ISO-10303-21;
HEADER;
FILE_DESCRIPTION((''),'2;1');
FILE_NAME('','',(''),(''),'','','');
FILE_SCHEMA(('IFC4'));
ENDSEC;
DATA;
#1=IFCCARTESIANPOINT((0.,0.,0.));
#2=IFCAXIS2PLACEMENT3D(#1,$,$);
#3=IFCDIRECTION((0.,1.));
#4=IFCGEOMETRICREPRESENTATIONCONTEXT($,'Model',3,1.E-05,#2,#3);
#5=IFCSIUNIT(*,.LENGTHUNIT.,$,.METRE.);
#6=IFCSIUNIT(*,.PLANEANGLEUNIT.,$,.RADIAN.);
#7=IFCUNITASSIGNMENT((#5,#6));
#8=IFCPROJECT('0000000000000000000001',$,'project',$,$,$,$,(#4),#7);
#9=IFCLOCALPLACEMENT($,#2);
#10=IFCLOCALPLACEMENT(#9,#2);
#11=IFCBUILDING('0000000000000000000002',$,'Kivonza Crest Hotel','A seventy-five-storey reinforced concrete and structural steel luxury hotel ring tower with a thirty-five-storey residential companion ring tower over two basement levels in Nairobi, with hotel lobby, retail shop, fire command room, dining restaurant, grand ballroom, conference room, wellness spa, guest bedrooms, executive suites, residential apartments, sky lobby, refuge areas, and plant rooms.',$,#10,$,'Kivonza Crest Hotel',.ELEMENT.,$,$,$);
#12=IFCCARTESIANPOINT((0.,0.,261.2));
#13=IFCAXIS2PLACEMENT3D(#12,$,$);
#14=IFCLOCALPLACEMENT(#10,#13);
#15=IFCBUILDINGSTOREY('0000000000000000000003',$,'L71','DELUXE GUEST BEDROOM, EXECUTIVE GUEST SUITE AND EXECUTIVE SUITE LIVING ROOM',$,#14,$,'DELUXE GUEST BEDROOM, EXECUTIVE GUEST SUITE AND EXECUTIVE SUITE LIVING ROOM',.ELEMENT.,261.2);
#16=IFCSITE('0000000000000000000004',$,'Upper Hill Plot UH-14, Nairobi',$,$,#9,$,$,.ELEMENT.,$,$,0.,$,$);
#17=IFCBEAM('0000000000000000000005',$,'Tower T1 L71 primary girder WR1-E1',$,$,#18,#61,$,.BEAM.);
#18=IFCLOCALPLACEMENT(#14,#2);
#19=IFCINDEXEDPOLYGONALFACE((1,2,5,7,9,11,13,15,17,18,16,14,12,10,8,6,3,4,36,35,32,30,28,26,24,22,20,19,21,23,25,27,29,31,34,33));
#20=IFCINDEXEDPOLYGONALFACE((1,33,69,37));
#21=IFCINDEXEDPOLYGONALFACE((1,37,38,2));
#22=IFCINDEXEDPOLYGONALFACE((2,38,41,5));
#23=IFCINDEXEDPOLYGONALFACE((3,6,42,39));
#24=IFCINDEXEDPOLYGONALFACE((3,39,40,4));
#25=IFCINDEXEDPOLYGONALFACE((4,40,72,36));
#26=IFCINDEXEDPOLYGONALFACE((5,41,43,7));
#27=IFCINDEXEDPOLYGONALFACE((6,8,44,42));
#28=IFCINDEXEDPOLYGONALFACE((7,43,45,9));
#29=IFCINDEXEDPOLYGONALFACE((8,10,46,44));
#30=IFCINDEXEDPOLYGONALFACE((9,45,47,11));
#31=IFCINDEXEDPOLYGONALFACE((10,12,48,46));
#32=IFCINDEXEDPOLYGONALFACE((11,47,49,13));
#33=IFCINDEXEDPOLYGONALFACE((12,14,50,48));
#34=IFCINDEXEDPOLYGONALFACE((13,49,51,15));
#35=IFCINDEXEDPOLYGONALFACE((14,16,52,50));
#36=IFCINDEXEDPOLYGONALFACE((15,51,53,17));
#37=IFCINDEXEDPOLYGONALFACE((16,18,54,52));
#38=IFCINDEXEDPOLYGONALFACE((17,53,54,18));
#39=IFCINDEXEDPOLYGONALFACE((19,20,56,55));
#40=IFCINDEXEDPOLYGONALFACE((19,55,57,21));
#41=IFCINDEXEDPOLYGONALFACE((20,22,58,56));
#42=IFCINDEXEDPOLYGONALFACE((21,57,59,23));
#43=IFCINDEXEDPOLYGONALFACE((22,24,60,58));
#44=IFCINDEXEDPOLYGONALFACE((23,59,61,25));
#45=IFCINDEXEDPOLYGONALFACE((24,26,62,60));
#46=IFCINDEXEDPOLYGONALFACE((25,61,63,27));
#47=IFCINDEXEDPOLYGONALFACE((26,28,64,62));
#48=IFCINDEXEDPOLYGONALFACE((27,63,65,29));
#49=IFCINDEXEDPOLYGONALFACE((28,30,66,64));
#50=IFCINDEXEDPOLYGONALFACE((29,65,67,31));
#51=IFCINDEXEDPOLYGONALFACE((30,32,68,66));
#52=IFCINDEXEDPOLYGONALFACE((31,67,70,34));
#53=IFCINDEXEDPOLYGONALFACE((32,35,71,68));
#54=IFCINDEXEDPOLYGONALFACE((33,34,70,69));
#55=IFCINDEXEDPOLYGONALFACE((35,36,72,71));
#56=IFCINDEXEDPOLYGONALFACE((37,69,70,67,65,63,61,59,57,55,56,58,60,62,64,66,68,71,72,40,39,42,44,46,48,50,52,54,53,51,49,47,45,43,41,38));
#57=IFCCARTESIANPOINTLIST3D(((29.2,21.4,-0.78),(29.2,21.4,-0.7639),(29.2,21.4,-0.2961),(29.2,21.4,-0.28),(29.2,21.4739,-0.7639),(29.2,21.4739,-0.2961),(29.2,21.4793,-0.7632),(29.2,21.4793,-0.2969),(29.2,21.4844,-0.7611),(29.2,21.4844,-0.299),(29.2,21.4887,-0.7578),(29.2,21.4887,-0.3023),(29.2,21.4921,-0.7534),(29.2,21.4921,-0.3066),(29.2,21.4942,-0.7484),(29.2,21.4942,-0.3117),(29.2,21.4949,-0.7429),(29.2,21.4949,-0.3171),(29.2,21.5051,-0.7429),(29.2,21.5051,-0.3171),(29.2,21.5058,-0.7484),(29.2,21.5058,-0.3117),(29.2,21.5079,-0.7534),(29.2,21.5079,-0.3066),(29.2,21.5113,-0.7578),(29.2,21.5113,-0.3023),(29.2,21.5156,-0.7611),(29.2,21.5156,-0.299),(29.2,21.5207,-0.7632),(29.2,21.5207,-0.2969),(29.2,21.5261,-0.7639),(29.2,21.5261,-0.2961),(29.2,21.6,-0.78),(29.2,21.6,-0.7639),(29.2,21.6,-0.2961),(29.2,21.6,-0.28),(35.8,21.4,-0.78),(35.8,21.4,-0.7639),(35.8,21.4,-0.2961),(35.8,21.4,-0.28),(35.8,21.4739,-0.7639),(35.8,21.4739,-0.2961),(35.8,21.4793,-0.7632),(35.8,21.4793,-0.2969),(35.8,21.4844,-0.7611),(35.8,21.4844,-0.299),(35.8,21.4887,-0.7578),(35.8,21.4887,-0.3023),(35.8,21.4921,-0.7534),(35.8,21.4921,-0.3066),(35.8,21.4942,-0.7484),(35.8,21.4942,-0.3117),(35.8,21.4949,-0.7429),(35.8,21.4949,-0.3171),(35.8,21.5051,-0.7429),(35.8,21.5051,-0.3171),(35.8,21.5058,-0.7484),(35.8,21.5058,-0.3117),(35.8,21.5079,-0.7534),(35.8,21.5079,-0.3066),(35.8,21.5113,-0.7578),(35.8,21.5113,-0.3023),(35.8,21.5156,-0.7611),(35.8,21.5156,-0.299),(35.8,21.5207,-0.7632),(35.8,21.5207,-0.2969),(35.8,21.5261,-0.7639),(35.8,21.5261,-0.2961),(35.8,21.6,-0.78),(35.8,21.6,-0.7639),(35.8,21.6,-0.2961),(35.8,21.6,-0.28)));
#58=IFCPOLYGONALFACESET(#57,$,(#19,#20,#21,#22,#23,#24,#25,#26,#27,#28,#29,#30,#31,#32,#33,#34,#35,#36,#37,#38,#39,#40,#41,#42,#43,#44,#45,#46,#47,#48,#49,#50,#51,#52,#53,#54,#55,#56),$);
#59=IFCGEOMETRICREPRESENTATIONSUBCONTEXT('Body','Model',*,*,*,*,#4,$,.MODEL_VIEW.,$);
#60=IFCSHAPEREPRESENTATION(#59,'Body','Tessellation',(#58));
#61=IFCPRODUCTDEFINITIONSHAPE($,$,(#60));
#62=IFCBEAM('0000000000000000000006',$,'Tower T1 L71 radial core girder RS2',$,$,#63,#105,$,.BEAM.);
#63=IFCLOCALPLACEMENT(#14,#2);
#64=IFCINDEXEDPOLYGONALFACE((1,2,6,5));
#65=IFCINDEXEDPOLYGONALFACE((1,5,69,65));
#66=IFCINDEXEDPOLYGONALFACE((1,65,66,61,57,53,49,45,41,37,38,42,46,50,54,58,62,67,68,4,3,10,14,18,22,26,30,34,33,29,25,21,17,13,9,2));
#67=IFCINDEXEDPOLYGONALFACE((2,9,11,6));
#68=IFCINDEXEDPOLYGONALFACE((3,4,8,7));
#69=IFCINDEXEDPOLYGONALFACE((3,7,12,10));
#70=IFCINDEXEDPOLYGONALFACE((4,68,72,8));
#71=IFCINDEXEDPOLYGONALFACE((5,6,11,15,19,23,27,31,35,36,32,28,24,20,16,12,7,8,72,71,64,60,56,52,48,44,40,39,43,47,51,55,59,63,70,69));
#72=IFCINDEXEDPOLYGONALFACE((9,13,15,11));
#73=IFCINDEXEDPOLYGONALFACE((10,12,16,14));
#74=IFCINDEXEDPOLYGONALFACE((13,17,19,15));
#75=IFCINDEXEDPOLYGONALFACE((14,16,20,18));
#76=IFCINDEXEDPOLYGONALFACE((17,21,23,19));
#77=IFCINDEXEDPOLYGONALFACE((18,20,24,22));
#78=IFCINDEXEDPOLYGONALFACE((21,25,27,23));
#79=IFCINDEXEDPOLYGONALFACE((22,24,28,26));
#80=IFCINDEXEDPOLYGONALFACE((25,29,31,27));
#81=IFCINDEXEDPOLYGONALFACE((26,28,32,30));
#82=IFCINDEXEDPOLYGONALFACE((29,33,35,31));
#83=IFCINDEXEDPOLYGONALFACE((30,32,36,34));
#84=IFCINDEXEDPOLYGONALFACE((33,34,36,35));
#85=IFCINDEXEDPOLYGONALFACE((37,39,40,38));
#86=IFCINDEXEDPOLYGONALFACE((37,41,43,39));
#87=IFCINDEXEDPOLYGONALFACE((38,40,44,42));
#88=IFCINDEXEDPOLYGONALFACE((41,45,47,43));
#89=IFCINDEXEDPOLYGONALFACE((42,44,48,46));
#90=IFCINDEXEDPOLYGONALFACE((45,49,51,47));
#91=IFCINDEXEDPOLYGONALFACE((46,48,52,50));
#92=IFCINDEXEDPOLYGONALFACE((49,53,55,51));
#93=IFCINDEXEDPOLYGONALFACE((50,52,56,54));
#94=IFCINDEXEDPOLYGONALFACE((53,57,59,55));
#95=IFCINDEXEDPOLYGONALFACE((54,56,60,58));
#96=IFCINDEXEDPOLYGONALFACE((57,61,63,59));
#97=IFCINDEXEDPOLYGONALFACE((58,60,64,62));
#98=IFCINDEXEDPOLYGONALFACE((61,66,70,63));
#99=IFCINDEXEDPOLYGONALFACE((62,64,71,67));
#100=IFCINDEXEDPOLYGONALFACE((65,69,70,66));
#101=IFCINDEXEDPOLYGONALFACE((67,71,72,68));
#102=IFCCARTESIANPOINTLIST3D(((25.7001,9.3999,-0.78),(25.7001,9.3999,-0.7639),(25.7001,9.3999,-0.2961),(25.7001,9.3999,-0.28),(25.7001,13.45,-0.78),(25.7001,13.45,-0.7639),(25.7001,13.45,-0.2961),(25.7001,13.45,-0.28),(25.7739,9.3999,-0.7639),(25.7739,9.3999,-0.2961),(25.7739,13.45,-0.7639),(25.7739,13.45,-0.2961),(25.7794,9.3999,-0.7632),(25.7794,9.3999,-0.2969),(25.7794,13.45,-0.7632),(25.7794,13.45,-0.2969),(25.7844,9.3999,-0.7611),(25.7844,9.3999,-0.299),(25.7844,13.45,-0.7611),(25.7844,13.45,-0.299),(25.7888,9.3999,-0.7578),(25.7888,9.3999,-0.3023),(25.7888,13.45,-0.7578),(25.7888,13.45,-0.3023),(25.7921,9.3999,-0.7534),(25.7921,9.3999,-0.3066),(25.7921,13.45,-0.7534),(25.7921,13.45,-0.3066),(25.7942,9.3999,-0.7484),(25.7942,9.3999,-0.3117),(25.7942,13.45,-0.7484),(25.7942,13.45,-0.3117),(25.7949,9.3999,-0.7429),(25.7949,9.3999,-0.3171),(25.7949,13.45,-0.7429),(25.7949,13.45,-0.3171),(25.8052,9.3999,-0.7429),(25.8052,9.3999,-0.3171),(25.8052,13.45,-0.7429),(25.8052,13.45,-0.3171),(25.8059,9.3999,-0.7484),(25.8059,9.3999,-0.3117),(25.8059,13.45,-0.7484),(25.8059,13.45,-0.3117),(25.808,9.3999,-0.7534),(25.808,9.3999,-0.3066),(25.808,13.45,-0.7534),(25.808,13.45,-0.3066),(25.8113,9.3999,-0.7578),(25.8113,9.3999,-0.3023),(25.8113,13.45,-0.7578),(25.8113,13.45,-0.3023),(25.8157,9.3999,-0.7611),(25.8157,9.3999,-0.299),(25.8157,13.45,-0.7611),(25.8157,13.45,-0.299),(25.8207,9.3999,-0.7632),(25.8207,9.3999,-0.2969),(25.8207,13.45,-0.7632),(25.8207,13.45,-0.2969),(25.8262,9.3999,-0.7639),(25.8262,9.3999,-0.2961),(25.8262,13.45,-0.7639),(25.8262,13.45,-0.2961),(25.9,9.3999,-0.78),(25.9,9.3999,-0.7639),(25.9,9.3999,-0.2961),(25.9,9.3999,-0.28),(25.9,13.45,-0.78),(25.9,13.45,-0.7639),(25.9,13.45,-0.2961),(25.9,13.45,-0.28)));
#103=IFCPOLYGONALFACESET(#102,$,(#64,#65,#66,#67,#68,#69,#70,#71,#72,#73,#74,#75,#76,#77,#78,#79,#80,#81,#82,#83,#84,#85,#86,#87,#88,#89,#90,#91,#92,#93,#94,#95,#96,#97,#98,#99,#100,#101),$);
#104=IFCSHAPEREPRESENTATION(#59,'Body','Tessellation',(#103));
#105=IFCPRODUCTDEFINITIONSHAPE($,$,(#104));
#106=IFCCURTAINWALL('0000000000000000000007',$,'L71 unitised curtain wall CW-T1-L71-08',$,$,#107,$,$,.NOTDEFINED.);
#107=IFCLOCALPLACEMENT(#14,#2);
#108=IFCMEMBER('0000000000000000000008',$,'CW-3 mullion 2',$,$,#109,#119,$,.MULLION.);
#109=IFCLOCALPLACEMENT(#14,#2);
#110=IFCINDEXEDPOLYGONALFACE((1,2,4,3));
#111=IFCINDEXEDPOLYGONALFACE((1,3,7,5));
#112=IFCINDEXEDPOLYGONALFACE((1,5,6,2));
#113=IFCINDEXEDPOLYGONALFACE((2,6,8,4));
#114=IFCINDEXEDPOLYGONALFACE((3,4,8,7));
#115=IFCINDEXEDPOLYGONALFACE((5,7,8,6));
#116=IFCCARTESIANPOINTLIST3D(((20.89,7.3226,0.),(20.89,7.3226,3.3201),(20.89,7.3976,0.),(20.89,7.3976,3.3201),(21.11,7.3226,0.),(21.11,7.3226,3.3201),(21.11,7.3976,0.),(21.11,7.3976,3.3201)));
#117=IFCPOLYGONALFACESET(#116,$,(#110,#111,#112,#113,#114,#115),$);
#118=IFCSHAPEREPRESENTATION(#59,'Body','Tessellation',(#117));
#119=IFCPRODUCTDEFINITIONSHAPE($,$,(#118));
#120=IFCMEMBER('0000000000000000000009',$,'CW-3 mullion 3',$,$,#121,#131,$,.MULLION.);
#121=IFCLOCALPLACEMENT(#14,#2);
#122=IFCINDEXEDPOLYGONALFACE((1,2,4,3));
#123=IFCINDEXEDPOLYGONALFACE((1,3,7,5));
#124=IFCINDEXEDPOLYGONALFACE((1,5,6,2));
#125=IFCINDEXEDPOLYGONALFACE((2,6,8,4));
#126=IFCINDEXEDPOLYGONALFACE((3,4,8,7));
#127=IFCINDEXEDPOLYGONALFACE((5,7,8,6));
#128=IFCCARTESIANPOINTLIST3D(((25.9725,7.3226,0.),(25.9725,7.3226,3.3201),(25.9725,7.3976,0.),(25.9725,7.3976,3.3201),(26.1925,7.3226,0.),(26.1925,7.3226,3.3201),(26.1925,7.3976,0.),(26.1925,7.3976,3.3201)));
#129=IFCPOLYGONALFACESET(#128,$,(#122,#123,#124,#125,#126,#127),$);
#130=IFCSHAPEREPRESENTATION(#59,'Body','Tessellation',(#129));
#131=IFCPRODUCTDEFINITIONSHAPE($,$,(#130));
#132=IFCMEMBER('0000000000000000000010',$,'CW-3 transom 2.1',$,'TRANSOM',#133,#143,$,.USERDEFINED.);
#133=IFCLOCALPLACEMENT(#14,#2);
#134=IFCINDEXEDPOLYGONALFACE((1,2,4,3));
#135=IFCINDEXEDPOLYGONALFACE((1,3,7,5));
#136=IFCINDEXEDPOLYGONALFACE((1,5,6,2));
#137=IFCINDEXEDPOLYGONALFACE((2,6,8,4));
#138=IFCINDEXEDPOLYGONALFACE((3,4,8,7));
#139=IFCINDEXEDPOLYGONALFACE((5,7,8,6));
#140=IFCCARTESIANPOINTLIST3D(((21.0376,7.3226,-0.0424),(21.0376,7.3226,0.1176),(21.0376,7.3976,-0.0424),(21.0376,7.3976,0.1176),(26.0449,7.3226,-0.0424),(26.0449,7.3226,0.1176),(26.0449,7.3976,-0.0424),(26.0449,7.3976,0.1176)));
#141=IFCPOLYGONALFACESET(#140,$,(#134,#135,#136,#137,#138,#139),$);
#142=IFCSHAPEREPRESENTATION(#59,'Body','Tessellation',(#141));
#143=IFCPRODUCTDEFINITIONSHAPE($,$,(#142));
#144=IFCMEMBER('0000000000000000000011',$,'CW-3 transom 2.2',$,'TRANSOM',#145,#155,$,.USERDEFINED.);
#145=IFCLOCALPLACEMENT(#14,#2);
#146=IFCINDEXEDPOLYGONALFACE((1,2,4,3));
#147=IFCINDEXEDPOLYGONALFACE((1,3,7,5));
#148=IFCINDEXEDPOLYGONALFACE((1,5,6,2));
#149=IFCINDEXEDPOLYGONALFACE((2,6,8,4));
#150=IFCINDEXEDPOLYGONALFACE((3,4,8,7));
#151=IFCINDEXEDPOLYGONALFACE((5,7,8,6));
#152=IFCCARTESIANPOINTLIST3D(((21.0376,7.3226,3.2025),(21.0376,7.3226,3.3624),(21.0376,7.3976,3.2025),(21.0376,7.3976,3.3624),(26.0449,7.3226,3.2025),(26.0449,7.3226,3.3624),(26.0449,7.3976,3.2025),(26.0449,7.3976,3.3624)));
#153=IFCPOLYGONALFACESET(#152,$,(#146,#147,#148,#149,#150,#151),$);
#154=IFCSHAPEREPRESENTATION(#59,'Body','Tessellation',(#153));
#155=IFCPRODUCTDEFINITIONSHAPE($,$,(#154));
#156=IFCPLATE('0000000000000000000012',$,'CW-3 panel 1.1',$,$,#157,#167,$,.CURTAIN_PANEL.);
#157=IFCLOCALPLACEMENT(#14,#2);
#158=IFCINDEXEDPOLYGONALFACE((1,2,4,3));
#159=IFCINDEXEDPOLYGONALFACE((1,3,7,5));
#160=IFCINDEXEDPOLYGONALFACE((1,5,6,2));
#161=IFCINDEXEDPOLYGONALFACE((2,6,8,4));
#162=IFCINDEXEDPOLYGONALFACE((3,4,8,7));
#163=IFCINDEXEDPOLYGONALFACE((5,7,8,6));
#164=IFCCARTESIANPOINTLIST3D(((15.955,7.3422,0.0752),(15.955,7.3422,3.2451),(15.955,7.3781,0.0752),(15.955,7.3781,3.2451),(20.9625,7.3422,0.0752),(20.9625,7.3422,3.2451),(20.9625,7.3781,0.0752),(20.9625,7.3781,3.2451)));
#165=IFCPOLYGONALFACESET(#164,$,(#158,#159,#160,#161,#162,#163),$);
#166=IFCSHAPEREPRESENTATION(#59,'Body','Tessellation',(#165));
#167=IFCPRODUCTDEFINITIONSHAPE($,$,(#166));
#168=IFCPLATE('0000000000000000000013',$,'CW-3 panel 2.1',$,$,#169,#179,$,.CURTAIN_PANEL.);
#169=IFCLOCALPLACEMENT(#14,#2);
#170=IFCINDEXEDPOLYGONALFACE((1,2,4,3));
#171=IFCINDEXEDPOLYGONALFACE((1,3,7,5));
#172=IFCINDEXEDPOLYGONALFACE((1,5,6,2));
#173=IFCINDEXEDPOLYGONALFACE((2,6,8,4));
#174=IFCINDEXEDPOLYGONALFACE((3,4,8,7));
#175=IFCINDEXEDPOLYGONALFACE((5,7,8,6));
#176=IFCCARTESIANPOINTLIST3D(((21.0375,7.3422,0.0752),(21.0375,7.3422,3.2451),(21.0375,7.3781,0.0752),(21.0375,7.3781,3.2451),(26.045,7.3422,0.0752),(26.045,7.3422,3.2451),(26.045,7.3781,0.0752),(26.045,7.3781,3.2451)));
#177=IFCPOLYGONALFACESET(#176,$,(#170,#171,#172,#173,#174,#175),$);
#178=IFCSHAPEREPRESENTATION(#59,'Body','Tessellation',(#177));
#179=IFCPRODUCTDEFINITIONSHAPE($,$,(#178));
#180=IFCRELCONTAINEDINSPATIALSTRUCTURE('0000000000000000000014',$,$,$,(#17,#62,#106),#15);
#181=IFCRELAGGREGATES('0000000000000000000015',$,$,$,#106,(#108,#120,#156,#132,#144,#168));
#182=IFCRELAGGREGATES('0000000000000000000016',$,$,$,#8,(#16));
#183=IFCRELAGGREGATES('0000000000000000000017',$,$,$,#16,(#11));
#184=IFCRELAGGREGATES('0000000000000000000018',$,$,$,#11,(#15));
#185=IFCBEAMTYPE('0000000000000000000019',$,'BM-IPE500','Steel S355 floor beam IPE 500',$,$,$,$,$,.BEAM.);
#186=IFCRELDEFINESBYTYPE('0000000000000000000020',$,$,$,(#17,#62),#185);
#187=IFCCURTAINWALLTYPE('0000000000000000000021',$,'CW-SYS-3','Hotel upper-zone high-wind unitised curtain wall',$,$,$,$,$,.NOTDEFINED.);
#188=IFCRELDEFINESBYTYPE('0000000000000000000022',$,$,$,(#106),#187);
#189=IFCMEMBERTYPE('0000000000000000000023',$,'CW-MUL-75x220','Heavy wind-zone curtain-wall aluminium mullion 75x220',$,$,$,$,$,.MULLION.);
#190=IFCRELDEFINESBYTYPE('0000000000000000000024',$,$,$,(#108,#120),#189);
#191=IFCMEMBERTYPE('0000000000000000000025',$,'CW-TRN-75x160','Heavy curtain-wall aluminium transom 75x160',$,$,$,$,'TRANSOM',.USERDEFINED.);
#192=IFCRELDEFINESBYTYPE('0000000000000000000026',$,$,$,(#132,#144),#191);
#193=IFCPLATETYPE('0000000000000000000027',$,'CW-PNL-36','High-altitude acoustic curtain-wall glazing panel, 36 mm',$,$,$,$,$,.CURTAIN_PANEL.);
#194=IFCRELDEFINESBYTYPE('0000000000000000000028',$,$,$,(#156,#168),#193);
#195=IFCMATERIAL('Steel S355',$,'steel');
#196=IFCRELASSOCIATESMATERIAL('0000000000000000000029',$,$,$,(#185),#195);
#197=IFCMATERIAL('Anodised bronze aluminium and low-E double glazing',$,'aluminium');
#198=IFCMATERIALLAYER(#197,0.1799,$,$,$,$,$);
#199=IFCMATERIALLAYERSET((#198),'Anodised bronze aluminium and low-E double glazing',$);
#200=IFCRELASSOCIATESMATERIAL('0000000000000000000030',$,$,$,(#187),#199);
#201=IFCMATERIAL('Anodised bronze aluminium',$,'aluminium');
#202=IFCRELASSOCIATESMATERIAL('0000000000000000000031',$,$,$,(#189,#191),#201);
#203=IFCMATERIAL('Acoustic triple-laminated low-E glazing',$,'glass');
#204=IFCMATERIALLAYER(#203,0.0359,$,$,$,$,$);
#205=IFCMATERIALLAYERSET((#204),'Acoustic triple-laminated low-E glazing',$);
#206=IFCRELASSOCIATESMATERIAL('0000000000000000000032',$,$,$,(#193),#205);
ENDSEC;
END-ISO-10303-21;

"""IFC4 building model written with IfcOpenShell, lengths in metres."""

from ifc_helpers import new_model, si_unit, direction, frame, origin, origin_2d, place, context, subcontext, project, spatial, rectangle, i_section, extrude, material, layer, layer_set, material_profile, profile_set, type_object, element, aggregate, save


model = new_model("IFC4")

# Units and contexts
model_context = context("Model", 3, precision=1e-05, world=origin(), true_north=direction((0.0, 1.0)))
body_context = subcontext(model_context, "Body", "Model", "MODEL_VIEW")
ifc_project = project(units=[si_unit("LENGTHUNIT", "METRE"), si_unit("PLANEANGLEUNIT", "RADIAN")], contexts=[model_context])

# Site, building, storey
site_placement = place(None, origin())
site = spatial("IfcSite", under=ifc_project, at=site_placement, Name="Upper Hill Plot UH-14, Nairobi", CompositionType="ELEMENT", RefElevation=0.0)
building_placement = place(site_placement, origin())
building = spatial("IfcBuilding", under=site, at=building_placement, Name="Kivonza Crest Hotel", Description="A seventy-five-storey reinforced concrete and structural steel luxury hotel ring tower with a thirty-five-storey residential companion ring tower over two basement levels in Nairobi, with hotel lobby, retail shop, fire command room, dining restaurant, grand ballroom, conference room, wellness spa, guest bedrooms, executive suites, residential apartments, sky lobby, refuge areas, and plant rooms.", LongName="Kivonza Crest Hotel", CompositionType="ELEMENT")
storey_placement = place(building_placement, frame((0.0, 0.0, 261.2)))
storey = spatial("IfcBuildingStorey", under=building, at=storey_placement, Name="L71", Description="DELUXE GUEST BEDROOM, EXECUTIVE GUEST SUITE AND EXECUTIVE SUITE LIVING ROOM", LongName="DELUXE GUEST BEDROOM, EXECUTIVE GUEST SUITE AND EXECUTIVE SUITE LIVING ROOM", CompositionType="ELEMENT", Elevation=261.2)

# Beams
ifc_material_1 = material(Name="Steel S355", Category="steel")
ifc_material_profile_1 = material_profile(ifc_material_1, i_section(OverallWidth=0.2, OverallDepth=0.5, WebThickness=0.0103, FlangeThickness=0.0161, FilletRadius=0.021, at=origin_2d()), Name="IPE 500")
ifc_profile_set_1 = profile_set([ifc_material_profile_1], Name="Steel S355")
beam_type_1 = type_object("IfcBeamType", Name="BM-IPE500", Description="Steel S355 floor beam IPE 500", PredefinedType="BEAM", material=ifc_profile_set_1)
beam_1_placement = place(storey_placement, frame((29.2, 21.5, -0.53), z_axis=(1.0, 0.0, 0.0), x_axis=(0.0, 1.0, 0.0)))
element("IfcBeam", 1, at=beam_1_placement, inside=storey, type_object=beam_type_1, Name="Tower T1 L71 primary girder WR1-E1", PredefinedType="BEAM", context=body_context, shape_type="SweptSolid", body=[
    extrude(i_section(OverallWidth=0.2, OverallDepth=0.5, WebThickness=0.0103, FlangeThickness=0.0161, FilletRadius=0.021, at=origin_2d()), origin(), (0.0, 0.0, 1.0), 6.6001),
])
beam_2_placement = place(storey_placement, frame((25.8, 9.3999, -0.53), z_axis=(0.0, 1.0, 0.0), x_axis=(-1.0, 0.0, 0.0)))
element("IfcBeam", 2, at=beam_2_placement, inside=storey, type_object=beam_type_1, Name="Tower T1 L71 radial core girder RS2", PredefinedType="BEAM", context=body_context, shape_type="SweptSolid", body=[
    extrude(i_section(OverallWidth=0.2, OverallDepth=0.5, WebThickness=0.0103, FlangeThickness=0.0161, FilletRadius=0.021, at=origin_2d()), origin(), (0.0, 0.0, 1.0), 4.05),
])

# Curtain wall, members, plates
ifc_material_2 = material(Name="Anodised bronze aluminium and low-E double glazing", Category="aluminium")
ifc_layer_1 = layer(ifc_material_2, 0.1799)
ifc_layer_set_1 = layer_set([ifc_layer_1], Name="Anodised bronze aluminium and low-E double glazing")
curtain_wall_type = type_object("IfcCurtainWallType", Name="CW-SYS-3", Description="Hotel upper-zone high-wind unitised curtain wall", PredefinedType="NOTDEFINED", material=ifc_layer_set_1)
curtain_wall_placement = place(storey_placement, origin())
curtain_wall = element("IfcCurtainWall", 3, at=curtain_wall_placement, inside=storey, type_object=curtain_wall_type, Name="L71 unitised curtain wall CW-T1-L71-08", PredefinedType="NOTDEFINED")
ifc_material_3 = material(Name="Anodised bronze aluminium", Category="aluminium")
ifc_material_profile_2 = material_profile(ifc_material_3, rectangle(XDim=0.075, YDim=0.22, at=origin_2d()), Name="CW-M 75x220")
ifc_profile_set_2 = profile_set([ifc_material_profile_2], Name="Anodised bronze aluminium")
member_type_1 = type_object("IfcMemberType", Name="CW-MUL-75x220", Description="Heavy wind-zone curtain-wall aluminium mullion 75x220", PredefinedType="MULLION", material=ifc_profile_set_2)
member_1_placement = place(storey_placement, frame((21.0, 7.3601, 0.0), z_axis=(0.0, 0.0, 1.0), x_axis=(0.0, 1.0, 0.0)))
member_1 = element("IfcMember", 4, at=member_1_placement, type_object=member_type_1, Name="CW-3 mullion 2", PredefinedType="MULLION", context=body_context, shape_type="SweptSolid", body=[
    extrude(rectangle(XDim=0.075, YDim=0.22, at=origin_2d()), origin(), (0.0, 0.0, 1.0), 3.3201),
])
member_2_placement = place(storey_placement, frame((26.0825, 7.3601, 0.0), z_axis=(0.0, 0.0, 1.0), x_axis=(0.0, 1.0, 0.0)))
member_2 = element("IfcMember", 5, at=member_2_placement, type_object=member_type_1, Name="CW-3 mullion 3", PredefinedType="MULLION", context=body_context, shape_type="SweptSolid", body=[
    extrude(rectangle(XDim=0.075, YDim=0.22, at=origin_2d()), origin(), (0.0, 0.0, 1.0), 3.3201),
])
ifc_material_profile_3 = material_profile(ifc_material_3, rectangle(XDim=0.075, YDim=0.1599, at=origin_2d()), Name="CW-T 75x160")
ifc_profile_set_3 = profile_set([ifc_material_profile_3], Name="Anodised bronze aluminium")
member_type_2 = type_object("IfcMemberType", Name="CW-TRN-75x160", Description="Heavy curtain-wall aluminium transom 75x160", ElementType="TRANSOM", PredefinedType="USERDEFINED", material=ifc_profile_set_3)
member_3_placement = place(storey_placement, frame((21.0376, 7.3601, 0.0376), z_axis=(1.0, 0.0, 0.0), x_axis=(0.0, 1.0, 0.0)))
member_3 = element("IfcMember", 6, at=member_3_placement, type_object=member_type_2, Name="CW-3 transom 2.1", ObjectType="TRANSOM", PredefinedType="USERDEFINED", context=body_context, shape_type="SweptSolid", body=[
    extrude(rectangle(XDim=0.075, YDim=0.1599, at=origin_2d()), origin(), (0.0, 0.0, 1.0), 5.0073),
])
member_4_placement = place(storey_placement, frame((21.0376, 7.3601, 3.2825), z_axis=(1.0, 0.0, 0.0), x_axis=(0.0, 1.0, 0.0)))
member_4 = element("IfcMember", 7, at=member_4_placement, type_object=member_type_2, Name="CW-3 transom 2.2", ObjectType="TRANSOM", PredefinedType="USERDEFINED", context=body_context, shape_type="SweptSolid", body=[
    extrude(rectangle(XDim=0.075, YDim=0.1599, at=origin_2d()), origin(), (0.0, 0.0, 1.0), 5.0073),
])
ifc_material_4 = material(Name="Acoustic triple-laminated low-E glazing", Category="glass")
ifc_layer_2 = layer(ifc_material_4, 0.0359)
ifc_layer_set_2 = layer_set([ifc_layer_2], Name="Acoustic triple-laminated low-E glazing")
plate_type = type_object("IfcPlateType", Name="CW-PNL-36", Description="High-altitude acoustic curtain-wall glazing panel, 36 mm", PredefinedType="CURTAIN_PANEL", material=ifc_layer_set_2)
plate_1_placement = place(storey_placement, frame((18.4587, 7.3601, 0.0752), z_axis=(0.0, 0.0, 1.0), x_axis=(1.0, 0.0, 0.0)))
plate_1 = element("IfcPlate", 8, at=plate_1_placement, type_object=plate_type, Name="CW-3 panel 1.1", PredefinedType="CURTAIN_PANEL", context=body_context, shape_type="SweptSolid", body=[
    extrude(rectangle(XDim=5.0076, YDim=0.0359, at=origin_2d()), origin(), (0.0, 0.0, 1.0), 3.1699),
])
plate_2_placement = place(storey_placement, frame((23.5413, 7.3601, 0.0752), z_axis=(0.0, 0.0, 1.0), x_axis=(1.0, 0.0, 0.0)))
plate_2 = element("IfcPlate", 9, at=plate_2_placement, type_object=plate_type, Name="CW-3 panel 2.1", PredefinedType="CURTAIN_PANEL", context=body_context, shape_type="SweptSolid", body=[
    extrude(rectangle(XDim=5.0076, YDim=0.0359, at=origin_2d()), origin(), (0.0, 0.0, 1.0), 3.1699),
])
aggregate(curtain_wall, [member_1, member_2, plate_1, member_3, member_4, plate_2])

save(model, "model.ifc")
